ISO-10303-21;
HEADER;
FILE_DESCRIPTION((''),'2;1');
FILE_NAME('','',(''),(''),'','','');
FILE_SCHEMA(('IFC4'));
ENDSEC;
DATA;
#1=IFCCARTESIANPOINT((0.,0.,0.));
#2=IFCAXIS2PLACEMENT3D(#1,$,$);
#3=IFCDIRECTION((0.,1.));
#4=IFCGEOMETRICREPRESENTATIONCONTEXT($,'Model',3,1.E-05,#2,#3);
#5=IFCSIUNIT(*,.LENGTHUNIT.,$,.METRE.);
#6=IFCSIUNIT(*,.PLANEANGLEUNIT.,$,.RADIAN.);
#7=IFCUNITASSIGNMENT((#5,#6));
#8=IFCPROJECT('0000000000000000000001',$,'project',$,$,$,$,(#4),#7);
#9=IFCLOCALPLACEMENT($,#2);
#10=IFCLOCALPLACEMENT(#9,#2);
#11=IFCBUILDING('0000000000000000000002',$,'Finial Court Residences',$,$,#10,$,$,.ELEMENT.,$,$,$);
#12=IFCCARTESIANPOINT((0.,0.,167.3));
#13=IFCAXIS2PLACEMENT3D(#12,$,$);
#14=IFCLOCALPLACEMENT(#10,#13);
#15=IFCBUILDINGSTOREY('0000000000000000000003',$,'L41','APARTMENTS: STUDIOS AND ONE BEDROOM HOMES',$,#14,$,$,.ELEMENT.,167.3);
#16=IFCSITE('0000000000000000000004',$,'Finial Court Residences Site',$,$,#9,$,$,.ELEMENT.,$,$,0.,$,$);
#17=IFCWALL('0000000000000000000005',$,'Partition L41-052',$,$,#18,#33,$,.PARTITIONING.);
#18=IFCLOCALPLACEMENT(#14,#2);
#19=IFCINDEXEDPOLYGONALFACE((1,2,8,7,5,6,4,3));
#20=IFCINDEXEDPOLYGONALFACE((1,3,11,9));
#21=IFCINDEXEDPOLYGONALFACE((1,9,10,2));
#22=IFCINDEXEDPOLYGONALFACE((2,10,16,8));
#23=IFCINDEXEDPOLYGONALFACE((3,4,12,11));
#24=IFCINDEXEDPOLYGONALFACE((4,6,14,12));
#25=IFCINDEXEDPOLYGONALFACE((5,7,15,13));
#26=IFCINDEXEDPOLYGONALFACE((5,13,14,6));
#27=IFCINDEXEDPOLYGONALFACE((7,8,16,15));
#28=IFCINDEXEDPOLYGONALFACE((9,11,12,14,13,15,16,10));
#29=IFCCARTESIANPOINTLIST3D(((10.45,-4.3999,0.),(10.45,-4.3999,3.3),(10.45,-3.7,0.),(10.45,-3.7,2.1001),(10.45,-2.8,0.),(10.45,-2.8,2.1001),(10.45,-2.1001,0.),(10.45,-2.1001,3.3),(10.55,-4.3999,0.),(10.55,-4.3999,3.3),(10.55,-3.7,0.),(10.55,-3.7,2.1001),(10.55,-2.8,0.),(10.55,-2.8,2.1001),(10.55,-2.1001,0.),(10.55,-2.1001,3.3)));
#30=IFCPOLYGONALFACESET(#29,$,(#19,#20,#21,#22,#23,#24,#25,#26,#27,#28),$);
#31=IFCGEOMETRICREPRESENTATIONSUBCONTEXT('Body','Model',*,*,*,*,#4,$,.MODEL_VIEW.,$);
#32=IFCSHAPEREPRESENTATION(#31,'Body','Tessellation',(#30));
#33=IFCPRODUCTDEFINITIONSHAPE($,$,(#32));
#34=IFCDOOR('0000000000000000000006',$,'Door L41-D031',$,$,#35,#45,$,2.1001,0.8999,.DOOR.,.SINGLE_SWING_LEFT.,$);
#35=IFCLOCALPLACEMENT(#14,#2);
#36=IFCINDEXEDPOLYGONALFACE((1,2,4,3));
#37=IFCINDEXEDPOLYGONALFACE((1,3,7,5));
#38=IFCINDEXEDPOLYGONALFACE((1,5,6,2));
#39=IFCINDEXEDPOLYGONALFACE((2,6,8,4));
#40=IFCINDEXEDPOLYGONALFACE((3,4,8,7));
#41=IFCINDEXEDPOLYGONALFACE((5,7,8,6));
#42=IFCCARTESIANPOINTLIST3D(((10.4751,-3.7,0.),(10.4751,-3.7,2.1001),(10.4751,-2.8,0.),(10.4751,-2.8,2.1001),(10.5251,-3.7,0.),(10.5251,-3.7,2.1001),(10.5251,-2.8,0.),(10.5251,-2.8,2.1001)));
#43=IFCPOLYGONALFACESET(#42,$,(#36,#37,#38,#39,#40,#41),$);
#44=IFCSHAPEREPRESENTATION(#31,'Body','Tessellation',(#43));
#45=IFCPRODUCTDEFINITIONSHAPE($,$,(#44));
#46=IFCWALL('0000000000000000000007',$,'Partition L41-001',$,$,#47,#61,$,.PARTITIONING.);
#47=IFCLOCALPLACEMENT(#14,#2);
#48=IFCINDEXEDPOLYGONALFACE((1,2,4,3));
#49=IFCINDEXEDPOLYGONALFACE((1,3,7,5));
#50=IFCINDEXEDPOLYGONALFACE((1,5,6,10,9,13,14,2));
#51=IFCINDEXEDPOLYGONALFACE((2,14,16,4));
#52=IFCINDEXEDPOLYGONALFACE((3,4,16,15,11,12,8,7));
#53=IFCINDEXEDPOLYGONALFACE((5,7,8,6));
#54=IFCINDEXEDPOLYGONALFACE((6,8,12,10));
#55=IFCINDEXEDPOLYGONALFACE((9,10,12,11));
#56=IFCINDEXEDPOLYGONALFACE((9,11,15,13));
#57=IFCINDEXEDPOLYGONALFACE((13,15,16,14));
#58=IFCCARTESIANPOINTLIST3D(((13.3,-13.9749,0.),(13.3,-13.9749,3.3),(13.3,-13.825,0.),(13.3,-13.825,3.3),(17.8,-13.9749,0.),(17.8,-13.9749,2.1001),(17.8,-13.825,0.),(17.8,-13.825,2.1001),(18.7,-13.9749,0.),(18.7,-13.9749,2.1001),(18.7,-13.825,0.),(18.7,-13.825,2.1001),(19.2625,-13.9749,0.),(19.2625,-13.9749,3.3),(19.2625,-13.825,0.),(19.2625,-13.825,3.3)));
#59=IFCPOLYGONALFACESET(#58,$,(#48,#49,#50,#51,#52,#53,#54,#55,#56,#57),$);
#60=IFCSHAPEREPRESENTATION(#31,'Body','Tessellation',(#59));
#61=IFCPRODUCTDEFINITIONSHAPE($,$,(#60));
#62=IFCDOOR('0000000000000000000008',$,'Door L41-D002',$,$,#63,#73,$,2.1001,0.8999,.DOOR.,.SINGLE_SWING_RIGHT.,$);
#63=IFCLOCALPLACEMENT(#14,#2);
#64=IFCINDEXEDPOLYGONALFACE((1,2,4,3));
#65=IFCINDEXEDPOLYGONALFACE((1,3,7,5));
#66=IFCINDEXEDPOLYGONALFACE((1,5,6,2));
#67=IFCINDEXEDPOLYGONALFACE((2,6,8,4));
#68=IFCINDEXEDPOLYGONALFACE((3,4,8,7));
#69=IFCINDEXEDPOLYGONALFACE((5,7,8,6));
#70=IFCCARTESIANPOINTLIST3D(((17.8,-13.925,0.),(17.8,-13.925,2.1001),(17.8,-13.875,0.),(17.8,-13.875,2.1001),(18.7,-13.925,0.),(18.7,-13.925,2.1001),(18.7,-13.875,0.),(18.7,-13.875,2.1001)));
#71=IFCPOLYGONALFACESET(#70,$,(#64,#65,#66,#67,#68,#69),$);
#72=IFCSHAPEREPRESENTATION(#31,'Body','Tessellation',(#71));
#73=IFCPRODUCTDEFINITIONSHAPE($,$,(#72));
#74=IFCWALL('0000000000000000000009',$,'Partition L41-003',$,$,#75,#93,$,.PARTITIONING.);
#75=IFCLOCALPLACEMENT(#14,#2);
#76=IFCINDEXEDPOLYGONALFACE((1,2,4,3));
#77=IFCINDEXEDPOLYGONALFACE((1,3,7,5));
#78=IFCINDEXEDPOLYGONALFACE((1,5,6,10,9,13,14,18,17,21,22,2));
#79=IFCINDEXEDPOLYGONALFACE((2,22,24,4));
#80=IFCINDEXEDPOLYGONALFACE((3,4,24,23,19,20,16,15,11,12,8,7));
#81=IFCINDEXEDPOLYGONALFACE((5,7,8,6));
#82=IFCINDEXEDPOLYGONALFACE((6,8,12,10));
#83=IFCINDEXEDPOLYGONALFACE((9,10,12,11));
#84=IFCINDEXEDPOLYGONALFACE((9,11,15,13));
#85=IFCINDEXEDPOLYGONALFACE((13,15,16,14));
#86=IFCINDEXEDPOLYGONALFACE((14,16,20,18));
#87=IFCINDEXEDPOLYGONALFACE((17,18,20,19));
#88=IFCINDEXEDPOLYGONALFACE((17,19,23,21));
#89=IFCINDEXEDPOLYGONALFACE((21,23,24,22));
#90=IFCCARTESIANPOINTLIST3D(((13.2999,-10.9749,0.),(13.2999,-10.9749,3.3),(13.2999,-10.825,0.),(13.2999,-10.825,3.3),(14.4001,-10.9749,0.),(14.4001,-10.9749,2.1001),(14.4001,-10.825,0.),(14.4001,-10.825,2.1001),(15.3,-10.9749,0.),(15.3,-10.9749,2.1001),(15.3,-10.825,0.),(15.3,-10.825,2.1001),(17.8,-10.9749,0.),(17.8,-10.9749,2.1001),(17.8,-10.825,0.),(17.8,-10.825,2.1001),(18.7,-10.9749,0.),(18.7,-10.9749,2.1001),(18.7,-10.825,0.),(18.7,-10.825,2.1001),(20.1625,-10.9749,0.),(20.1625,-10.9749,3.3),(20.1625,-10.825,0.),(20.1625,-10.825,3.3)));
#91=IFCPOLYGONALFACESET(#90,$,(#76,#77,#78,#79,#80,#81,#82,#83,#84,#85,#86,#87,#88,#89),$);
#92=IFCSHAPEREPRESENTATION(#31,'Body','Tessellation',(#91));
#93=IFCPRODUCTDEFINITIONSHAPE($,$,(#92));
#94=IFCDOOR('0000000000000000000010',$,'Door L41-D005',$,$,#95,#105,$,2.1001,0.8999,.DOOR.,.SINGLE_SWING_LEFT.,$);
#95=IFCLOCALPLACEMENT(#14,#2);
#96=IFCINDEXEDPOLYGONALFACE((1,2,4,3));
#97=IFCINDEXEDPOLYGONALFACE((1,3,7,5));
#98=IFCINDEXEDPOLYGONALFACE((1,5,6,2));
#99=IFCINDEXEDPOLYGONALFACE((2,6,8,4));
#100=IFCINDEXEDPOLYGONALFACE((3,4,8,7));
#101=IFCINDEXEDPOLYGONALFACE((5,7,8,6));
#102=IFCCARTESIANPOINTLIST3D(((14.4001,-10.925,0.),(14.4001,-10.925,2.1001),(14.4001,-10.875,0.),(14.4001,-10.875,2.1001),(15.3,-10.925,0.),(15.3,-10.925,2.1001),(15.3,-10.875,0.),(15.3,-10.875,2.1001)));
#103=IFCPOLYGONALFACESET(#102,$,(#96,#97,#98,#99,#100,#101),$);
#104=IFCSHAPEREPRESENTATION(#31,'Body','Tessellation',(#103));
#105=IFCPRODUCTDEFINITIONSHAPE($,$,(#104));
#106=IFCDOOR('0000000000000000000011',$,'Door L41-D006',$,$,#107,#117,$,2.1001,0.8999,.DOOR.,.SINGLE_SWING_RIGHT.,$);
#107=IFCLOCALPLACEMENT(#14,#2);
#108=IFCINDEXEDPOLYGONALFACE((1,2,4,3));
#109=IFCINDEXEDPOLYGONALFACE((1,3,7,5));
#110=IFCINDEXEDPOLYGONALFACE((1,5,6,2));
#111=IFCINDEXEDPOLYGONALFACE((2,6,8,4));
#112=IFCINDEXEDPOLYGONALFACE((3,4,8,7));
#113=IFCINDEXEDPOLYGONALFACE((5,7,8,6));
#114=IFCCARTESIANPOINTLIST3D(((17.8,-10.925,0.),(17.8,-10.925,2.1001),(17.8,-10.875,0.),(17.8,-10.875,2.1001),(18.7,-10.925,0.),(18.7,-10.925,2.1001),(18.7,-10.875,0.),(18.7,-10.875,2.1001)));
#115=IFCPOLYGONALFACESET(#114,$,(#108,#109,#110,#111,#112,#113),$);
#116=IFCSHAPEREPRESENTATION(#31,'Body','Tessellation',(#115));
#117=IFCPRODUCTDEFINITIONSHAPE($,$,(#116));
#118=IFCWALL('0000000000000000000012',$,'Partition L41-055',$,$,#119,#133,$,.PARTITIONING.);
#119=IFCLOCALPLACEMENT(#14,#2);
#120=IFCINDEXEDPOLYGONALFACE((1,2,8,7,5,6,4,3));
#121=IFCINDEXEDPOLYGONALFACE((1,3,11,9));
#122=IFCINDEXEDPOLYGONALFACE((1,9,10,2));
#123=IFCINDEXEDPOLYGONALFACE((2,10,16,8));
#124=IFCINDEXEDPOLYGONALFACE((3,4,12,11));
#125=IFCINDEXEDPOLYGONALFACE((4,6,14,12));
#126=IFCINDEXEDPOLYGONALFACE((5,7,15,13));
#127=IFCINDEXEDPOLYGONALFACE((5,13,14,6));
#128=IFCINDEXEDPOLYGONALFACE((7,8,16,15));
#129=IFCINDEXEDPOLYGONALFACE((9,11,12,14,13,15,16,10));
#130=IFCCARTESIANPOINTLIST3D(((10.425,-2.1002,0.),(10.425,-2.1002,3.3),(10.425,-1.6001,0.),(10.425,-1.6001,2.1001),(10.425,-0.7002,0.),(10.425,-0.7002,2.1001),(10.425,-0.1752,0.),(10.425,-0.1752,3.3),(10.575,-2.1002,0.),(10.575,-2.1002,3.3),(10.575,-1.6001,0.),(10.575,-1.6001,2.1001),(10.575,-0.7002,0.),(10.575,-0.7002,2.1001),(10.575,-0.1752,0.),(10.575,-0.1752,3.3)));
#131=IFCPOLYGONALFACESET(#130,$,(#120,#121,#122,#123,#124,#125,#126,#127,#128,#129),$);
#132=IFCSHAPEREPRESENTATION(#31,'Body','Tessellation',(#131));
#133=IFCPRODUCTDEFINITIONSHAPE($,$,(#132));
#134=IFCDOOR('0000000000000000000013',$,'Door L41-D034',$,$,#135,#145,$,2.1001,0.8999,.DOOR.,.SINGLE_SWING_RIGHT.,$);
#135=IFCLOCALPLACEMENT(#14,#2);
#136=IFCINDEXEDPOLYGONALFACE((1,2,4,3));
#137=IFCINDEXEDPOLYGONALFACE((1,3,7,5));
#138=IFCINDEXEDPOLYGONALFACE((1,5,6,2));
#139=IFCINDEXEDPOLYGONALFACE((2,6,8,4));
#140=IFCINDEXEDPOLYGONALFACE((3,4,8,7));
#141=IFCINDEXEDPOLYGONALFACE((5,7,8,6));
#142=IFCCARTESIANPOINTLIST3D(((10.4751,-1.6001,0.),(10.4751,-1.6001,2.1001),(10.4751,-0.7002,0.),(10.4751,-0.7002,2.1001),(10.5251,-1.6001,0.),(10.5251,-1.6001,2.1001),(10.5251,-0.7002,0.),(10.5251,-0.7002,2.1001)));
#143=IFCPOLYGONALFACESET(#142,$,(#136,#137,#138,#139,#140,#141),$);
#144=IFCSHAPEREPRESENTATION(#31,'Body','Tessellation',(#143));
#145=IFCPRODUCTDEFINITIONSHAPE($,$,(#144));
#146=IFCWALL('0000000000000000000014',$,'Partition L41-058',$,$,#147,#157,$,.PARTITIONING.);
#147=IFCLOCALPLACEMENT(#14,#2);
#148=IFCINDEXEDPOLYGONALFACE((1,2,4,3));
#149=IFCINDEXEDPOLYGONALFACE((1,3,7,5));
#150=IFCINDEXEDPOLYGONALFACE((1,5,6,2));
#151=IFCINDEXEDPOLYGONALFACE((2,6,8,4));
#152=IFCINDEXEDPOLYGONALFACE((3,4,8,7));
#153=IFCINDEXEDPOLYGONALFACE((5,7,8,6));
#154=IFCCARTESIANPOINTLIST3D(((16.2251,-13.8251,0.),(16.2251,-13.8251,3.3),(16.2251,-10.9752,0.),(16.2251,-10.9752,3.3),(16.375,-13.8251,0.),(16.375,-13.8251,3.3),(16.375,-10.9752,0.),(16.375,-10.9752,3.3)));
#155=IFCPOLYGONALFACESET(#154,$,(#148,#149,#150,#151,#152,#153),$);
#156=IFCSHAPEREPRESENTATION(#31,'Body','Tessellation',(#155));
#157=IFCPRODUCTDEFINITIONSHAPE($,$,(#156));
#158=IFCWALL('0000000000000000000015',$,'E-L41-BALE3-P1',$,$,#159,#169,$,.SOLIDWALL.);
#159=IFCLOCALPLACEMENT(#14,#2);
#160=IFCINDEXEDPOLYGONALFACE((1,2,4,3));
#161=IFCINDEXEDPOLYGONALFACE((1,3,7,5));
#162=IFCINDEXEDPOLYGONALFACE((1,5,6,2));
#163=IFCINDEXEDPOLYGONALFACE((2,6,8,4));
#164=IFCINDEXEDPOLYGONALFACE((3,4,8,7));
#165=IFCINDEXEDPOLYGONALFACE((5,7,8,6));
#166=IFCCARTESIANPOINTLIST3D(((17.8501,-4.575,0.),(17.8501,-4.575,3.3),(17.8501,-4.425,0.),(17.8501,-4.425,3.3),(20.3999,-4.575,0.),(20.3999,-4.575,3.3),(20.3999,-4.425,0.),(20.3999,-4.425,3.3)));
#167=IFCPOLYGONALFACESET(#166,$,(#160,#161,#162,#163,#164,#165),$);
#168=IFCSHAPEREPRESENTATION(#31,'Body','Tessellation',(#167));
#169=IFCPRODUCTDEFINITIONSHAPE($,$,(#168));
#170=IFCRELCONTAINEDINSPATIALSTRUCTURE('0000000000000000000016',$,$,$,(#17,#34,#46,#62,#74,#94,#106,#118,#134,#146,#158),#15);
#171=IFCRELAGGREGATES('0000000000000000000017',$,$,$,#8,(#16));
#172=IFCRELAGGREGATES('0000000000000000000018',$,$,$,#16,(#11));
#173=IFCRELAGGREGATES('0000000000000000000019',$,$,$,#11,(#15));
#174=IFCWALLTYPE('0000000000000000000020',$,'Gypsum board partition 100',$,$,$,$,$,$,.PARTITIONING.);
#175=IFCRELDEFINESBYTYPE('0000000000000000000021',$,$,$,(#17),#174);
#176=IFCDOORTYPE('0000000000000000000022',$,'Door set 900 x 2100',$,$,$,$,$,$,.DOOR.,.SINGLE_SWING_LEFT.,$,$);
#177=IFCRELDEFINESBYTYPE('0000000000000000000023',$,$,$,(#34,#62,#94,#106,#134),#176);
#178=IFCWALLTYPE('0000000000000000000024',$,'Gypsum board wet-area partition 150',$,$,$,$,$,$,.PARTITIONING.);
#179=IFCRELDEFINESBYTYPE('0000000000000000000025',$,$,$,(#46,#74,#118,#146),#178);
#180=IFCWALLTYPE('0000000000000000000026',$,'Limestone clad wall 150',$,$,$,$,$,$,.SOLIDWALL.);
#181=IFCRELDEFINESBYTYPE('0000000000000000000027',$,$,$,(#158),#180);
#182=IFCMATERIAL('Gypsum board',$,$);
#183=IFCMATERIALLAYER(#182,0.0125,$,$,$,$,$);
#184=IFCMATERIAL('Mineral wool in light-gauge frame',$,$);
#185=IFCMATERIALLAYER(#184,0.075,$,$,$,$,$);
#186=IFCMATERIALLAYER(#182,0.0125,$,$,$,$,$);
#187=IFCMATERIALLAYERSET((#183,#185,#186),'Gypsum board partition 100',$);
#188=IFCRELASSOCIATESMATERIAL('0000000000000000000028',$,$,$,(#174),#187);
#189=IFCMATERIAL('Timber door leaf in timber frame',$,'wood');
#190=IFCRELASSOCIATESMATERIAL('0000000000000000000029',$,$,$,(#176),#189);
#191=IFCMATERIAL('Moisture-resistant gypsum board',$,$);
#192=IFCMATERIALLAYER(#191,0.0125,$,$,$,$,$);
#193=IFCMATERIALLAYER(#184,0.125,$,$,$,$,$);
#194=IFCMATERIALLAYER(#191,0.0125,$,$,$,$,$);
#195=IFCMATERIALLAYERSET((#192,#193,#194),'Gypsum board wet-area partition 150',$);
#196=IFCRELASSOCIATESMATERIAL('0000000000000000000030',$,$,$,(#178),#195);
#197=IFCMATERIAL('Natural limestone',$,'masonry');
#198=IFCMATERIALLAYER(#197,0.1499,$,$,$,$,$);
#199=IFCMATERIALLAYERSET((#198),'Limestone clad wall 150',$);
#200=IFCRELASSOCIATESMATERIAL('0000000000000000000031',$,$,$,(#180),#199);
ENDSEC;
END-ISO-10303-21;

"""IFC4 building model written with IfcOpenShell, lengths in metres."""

from ifc_helpers import new_model, si_unit, direction, frame, frame_2d, origin, place, context, subcontext, project, spatial, rectangle, extrude, material, layer, layer_set, type_object, element, fill, save


model = new_model("IFC4")

# Units and contexts
model_context = context("Model", 3, precision=1e-05, world=origin(), true_north=direction((0.0, 1.0)))
body_context = subcontext(model_context, "Body", "Model", "MODEL_VIEW")
ifc_project = project(units=[si_unit("LENGTHUNIT", "METRE"), si_unit("PLANEANGLEUNIT", "RADIAN")], contexts=[model_context])

# Site, building, storey
site_placement = place(None, origin())
site = spatial("IfcSite", under=ifc_project, at=site_placement, Name="Finial Court Residences Site", CompositionType="ELEMENT", RefElevation=0.0)
building_placement = place(site_placement, origin())
building = spatial("IfcBuilding", under=site, at=building_placement, Name="Finial Court Residences", CompositionType="ELEMENT")
storey_placement = place(building_placement, frame((0.0, 0.0, 167.3)))
storey = spatial("IfcBuildingStorey", under=building, at=storey_placement, Name="L41", Description="APARTMENTS: STUDIOS AND ONE BEDROOM HOMES", CompositionType="ELEMENT", Elevation=167.3)

# Walls, openings, doors
ifc_material_1 = material(Name="Gypsum board")
ifc_layer_1 = layer(ifc_material_1, 0.0125)
ifc_material_2 = material(Name="Mineral wool in light-gauge frame")
ifc_layer_2 = layer(ifc_material_2, 0.075)
ifc_layer_3 = layer(ifc_material_1, 0.0125)
ifc_layer_set_1 = layer_set([ifc_layer_1, ifc_layer_2, ifc_layer_3], Name="Gypsum board partition 100")
wall_type_1 = type_object("IfcWallType", Name="Gypsum board partition 100", PredefinedType="PARTITIONING", material=ifc_layer_set_1)
wall_1_placement = place(storey_placement, frame((10.5, -4.3999, 0.0), z_axis=(0.0, 0.0, 1.0), x_axis=(0.0, 1.0, 0.0)))
wall_1 = element("IfcWall", 1, at=wall_1_placement, inside=storey, type_object=wall_type_1, Name="Partition L41-052", PredefinedType="PARTITIONING", context=body_context, shape_type="SweptSolid", body=[
    extrude(rectangle(XDim=2.2998, YDim=0.1001, at=frame_2d((1.1499, 0.0))), origin(), (0.0, 0.0, 1.0), 3.3),
])
opening_1_placement = place(wall_1_placement, frame((0.7, 0.0, 0.0)))
opening_1 = element("IfcOpeningElement", 2, at=opening_1_placement, cuts=wall_1, PredefinedType="OPENING", context=body_context, shape_type="SweptSolid", body=[
    extrude(rectangle(XDim=0.8999, YDim=2.1001, at=frame_2d((0.45, 1.05))), frame((0.0, 0.0601, 0.0), z_axis=(0.0, -1.0, 0.0), x_axis=(1.0, 0.0, 0.0)), (0.0, 0.0, 1.0), 0.1201),
])
ifc_material_3 = material(Name="Timber door leaf in timber frame", Category="wood")
door_type_1 = type_object("IfcDoorType", Name="Door set 900 x 2100", OperationType="SINGLE_SWING_LEFT", PredefinedType="DOOR", material=ifc_material_3)
door_1_placement = place(opening_1_placement, origin())
door_1 = element("IfcDoor", 3, at=door_1_placement, inside=storey, type_object=door_type_1, Name="Door L41-D031", OperationType="SINGLE_SWING_LEFT", OverallHeight=2.1001, OverallWidth=0.8999, PredefinedType="DOOR", context=body_context, shape_type="SweptSolid", body=[
    extrude(rectangle(XDim=0.8999, YDim=2.1001, at=frame_2d((0.45, 1.05))), frame((0.0, 0.0249, 0.0), z_axis=(0.0, -1.0, 0.0), x_axis=(1.0, 0.0, 0.0)), (0.0, 0.0, 1.0), 0.05),
])
fill(opening_1, door_1)
ifc_material_4 = material(Name="Moisture-resistant gypsum board")
ifc_layer_4 = layer(ifc_material_4, 0.0125)
ifc_layer_5 = layer(ifc_material_2, 0.125)
ifc_layer_6 = layer(ifc_material_4, 0.0125)
ifc_layer_set_2 = layer_set([ifc_layer_4, ifc_layer_5, ifc_layer_6], Name="Gypsum board wet-area partition 150")
wall_type_2 = type_object("IfcWallType", Name="Gypsum board wet-area partition 150", PredefinedType="PARTITIONING", material=ifc_layer_set_2)
wall_2_placement = place(storey_placement, frame((13.3, -13.8999, 0.0), z_axis=(0.0, 0.0, 1.0), x_axis=(1.0, 0.0, 0.0)))
wall_2 = element("IfcWall", 4, at=wall_2_placement, inside=storey, type_object=wall_type_2, Name="Partition L41-001", PredefinedType="PARTITIONING", context=body_context, shape_type="SweptSolid", body=[
    extrude(rectangle(XDim=5.9624, YDim=0.1499, at=frame_2d((2.9812, 0.0))), origin(), (0.0, 0.0, 1.0), 3.3),
])
opening_2_placement = place(wall_2_placement, frame((4.5, 0.0, 0.0)))
opening_2 = element("IfcOpeningElement", 5, at=opening_2_placement, cuts=wall_2, PredefinedType="OPENING", context=body_context, shape_type="SweptSolid", body=[
    extrude(rectangle(XDim=0.8999, YDim=2.1001, at=frame_2d((0.45, 1.05))), frame((0.0, 0.085, 0.0), z_axis=(0.0, -1.0, 0.0), x_axis=(1.0, 0.0, 0.0)), (0.0, 0.0, 1.0), 0.1699),
])
door_2_placement = place(opening_2_placement, origin())
door_2 = element("IfcDoor", 6, at=door_2_placement, inside=storey, type_object=door_type_1, Name="Door L41-D002", OperationType="SINGLE_SWING_RIGHT", OverallHeight=2.1001, OverallWidth=0.8999, PredefinedType="DOOR", context=body_context, shape_type="SweptSolid", body=[
    extrude(rectangle(XDim=0.8999, YDim=2.1001, at=frame_2d((0.45, 1.05))), frame((0.0, 0.0249, 0.0), z_axis=(0.0, -1.0, 0.0), x_axis=(1.0, 0.0, 0.0)), (0.0, 0.0, 1.0), 0.05),
])
fill(opening_2, door_2)

# Wall, openings, doors
wall_3_placement = place(storey_placement, frame((13.3, -10.8999, 0.0), z_axis=(0.0, 0.0, 1.0), x_axis=(1.0, 0.0, 0.0)))
wall_3 = element("IfcWall", 7, at=wall_3_placement, inside=storey, type_object=wall_type_2, Name="Partition L41-003", PredefinedType="PARTITIONING", context=body_context, shape_type="SweptSolid", body=[
    extrude(rectangle(XDim=6.8625, YDim=0.1499, at=frame_2d((3.4312, 0.0))), origin(), (0.0, 0.0, 1.0), 3.3),
])
opening_3_placement = place(wall_3_placement, frame((1.1001, 0.0, 0.0)))
opening_3 = element("IfcOpeningElement", 8, at=opening_3_placement, cuts=wall_3, PredefinedType="OPENING", context=body_context, shape_type="SweptSolid", body=[
    extrude(rectangle(XDim=0.8999, YDim=2.1001, at=frame_2d((0.45, 1.05))), frame((0.0, 0.085, 0.0), z_axis=(0.0, -1.0, 0.0), x_axis=(1.0, 0.0, 0.0)), (0.0, 0.0, 1.0), 0.1699),
])
opening_4_placement = place(wall_3_placement, frame((4.5, 0.0, 0.0)))
opening_4 = element("IfcOpeningElement", 9, at=opening_4_placement, cuts=wall_3, PredefinedType="OPENING", context=body_context, shape_type="SweptSolid", body=[
    extrude(rectangle(XDim=0.8999, YDim=2.1001, at=frame_2d((0.45, 1.05))), frame((0.0, 0.085, 0.0), z_axis=(0.0, -1.0, 0.0), x_axis=(1.0, 0.0, 0.0)), (0.0, 0.0, 1.0), 0.1699),
])
door_3_placement = place(opening_3_placement, origin())
door_3 = element("IfcDoor", 10, at=door_3_placement, inside=storey, type_object=door_type_1, Name="Door L41-D005", OperationType="SINGLE_SWING_LEFT", OverallHeight=2.1001, OverallWidth=0.8999, PredefinedType="DOOR", context=body_context, shape_type="SweptSolid", body=[
    extrude(rectangle(XDim=0.8999, YDim=2.1001, at=frame_2d((0.45, 1.05))), frame((0.0, 0.0249, 0.0), z_axis=(0.0, -1.0, 0.0), x_axis=(1.0, 0.0, 0.0)), (0.0, 0.0, 1.0), 0.05),
])
fill(opening_3, door_3)
door_4_placement = place(opening_4_placement, origin())
door_4 = element("IfcDoor", 11, at=door_4_placement, inside=storey, type_object=door_type_1, Name="Door L41-D006", OperationType="SINGLE_SWING_RIGHT", OverallHeight=2.1001, OverallWidth=0.8999, PredefinedType="DOOR", context=body_context, shape_type="SweptSolid", body=[
    extrude(rectangle(XDim=0.8999, YDim=2.1001, at=frame_2d((0.45, 1.05))), frame((0.0, 0.0249, 0.0), z_axis=(0.0, -1.0, 0.0), x_axis=(1.0, 0.0, 0.0)), (0.0, 0.0, 1.0), 0.05),
])
fill(opening_4, door_4)

# Wall, opening, door
wall_4_placement = place(storey_placement, frame((10.5, -2.1001, 0.0), z_axis=(0.0, 0.0, 1.0), x_axis=(0.0, 1.0, 0.0)))
wall_4 = element("IfcWall", 12, at=wall_4_placement, inside=storey, type_object=wall_type_2, Name="Partition L41-055", PredefinedType="PARTITIONING", context=body_context, shape_type="SweptSolid", body=[
    extrude(rectangle(XDim=1.925, YDim=0.1499, at=frame_2d((0.9624, 0.0))), origin(), (0.0, 0.0, 1.0), 3.3),
])
opening_5_placement = place(wall_4_placement, frame((0.5, 0.0, 0.0)))
opening_5 = element("IfcOpeningElement", 13, at=opening_5_placement, cuts=wall_4, PredefinedType="OPENING", context=body_context, shape_type="SweptSolid", body=[
    extrude(rectangle(XDim=0.8999, YDim=2.1001, at=frame_2d((0.45, 1.05))), frame((0.0, 0.085, 0.0), z_axis=(0.0, -1.0, 0.0), x_axis=(1.0, 0.0, 0.0)), (0.0, 0.0, 1.0), 0.1699),
])
door_5_placement = place(opening_5_placement, origin())
door_5 = element("IfcDoor", 14, at=door_5_placement, inside=storey, type_object=door_type_1, Name="Door L41-D034", OperationType="SINGLE_SWING_RIGHT", OverallHeight=2.1001, OverallWidth=0.8999, PredefinedType="DOOR", context=body_context, shape_type="SweptSolid", body=[
    extrude(rectangle(XDim=0.8999, YDim=2.1001, at=frame_2d((0.45, 1.05))), frame((0.0, 0.0249, 0.0), z_axis=(0.0, -1.0, 0.0), x_axis=(1.0, 0.0, 0.0)), (0.0, 0.0, 1.0), 0.05),
])
fill(opening_5, door_5)

# Walls
wall_5_placement = place(storey_placement, frame((16.3, -13.825, 0.0), z_axis=(0.0, 0.0, 1.0), x_axis=(0.0, 1.0, 0.0)))
element("IfcWall", 15, at=wall_5_placement, inside=storey, type_object=wall_type_2, Name="Partition L41-058", PredefinedType="PARTITIONING", context=body_context, shape_type="SweptSolid", body=[
    extrude(rectangle(XDim=2.8499, YDim=0.1499, at=frame_2d((1.4248, 0.0))), origin(), (0.0, 0.0, 1.0), 3.3),
])
ifc_material_5 = material(Name="Natural limestone", Category="masonry")
ifc_layer_7 = layer(ifc_material_5, 0.1499)
ifc_layer_set_3 = layer_set([ifc_layer_7], Name="Limestone clad wall 150")
wall_type_3 = type_object("IfcWallType", Name="Limestone clad wall 150", PredefinedType="SOLIDWALL", material=ifc_layer_set_3)
wall_6_placement = place(storey_placement, frame((17.8501, -4.5, 0.0), z_axis=(0.0, 0.0, 1.0), x_axis=(1.0, 0.0, 0.0)))
element("IfcWall", 16, at=wall_6_placement, inside=storey, type_object=wall_type_3, Name="E-L41-BALE3-P1", PredefinedType="SOLIDWALL", context=body_context, shape_type="SweptSolid", body=[
    extrude(rectangle(XDim=2.5498, YDim=0.1499, at=frame_2d((1.2749, 0.0))), origin(), (0.0, 0.0, 1.0), 3.3),
])

save(model, "model.ifc")
